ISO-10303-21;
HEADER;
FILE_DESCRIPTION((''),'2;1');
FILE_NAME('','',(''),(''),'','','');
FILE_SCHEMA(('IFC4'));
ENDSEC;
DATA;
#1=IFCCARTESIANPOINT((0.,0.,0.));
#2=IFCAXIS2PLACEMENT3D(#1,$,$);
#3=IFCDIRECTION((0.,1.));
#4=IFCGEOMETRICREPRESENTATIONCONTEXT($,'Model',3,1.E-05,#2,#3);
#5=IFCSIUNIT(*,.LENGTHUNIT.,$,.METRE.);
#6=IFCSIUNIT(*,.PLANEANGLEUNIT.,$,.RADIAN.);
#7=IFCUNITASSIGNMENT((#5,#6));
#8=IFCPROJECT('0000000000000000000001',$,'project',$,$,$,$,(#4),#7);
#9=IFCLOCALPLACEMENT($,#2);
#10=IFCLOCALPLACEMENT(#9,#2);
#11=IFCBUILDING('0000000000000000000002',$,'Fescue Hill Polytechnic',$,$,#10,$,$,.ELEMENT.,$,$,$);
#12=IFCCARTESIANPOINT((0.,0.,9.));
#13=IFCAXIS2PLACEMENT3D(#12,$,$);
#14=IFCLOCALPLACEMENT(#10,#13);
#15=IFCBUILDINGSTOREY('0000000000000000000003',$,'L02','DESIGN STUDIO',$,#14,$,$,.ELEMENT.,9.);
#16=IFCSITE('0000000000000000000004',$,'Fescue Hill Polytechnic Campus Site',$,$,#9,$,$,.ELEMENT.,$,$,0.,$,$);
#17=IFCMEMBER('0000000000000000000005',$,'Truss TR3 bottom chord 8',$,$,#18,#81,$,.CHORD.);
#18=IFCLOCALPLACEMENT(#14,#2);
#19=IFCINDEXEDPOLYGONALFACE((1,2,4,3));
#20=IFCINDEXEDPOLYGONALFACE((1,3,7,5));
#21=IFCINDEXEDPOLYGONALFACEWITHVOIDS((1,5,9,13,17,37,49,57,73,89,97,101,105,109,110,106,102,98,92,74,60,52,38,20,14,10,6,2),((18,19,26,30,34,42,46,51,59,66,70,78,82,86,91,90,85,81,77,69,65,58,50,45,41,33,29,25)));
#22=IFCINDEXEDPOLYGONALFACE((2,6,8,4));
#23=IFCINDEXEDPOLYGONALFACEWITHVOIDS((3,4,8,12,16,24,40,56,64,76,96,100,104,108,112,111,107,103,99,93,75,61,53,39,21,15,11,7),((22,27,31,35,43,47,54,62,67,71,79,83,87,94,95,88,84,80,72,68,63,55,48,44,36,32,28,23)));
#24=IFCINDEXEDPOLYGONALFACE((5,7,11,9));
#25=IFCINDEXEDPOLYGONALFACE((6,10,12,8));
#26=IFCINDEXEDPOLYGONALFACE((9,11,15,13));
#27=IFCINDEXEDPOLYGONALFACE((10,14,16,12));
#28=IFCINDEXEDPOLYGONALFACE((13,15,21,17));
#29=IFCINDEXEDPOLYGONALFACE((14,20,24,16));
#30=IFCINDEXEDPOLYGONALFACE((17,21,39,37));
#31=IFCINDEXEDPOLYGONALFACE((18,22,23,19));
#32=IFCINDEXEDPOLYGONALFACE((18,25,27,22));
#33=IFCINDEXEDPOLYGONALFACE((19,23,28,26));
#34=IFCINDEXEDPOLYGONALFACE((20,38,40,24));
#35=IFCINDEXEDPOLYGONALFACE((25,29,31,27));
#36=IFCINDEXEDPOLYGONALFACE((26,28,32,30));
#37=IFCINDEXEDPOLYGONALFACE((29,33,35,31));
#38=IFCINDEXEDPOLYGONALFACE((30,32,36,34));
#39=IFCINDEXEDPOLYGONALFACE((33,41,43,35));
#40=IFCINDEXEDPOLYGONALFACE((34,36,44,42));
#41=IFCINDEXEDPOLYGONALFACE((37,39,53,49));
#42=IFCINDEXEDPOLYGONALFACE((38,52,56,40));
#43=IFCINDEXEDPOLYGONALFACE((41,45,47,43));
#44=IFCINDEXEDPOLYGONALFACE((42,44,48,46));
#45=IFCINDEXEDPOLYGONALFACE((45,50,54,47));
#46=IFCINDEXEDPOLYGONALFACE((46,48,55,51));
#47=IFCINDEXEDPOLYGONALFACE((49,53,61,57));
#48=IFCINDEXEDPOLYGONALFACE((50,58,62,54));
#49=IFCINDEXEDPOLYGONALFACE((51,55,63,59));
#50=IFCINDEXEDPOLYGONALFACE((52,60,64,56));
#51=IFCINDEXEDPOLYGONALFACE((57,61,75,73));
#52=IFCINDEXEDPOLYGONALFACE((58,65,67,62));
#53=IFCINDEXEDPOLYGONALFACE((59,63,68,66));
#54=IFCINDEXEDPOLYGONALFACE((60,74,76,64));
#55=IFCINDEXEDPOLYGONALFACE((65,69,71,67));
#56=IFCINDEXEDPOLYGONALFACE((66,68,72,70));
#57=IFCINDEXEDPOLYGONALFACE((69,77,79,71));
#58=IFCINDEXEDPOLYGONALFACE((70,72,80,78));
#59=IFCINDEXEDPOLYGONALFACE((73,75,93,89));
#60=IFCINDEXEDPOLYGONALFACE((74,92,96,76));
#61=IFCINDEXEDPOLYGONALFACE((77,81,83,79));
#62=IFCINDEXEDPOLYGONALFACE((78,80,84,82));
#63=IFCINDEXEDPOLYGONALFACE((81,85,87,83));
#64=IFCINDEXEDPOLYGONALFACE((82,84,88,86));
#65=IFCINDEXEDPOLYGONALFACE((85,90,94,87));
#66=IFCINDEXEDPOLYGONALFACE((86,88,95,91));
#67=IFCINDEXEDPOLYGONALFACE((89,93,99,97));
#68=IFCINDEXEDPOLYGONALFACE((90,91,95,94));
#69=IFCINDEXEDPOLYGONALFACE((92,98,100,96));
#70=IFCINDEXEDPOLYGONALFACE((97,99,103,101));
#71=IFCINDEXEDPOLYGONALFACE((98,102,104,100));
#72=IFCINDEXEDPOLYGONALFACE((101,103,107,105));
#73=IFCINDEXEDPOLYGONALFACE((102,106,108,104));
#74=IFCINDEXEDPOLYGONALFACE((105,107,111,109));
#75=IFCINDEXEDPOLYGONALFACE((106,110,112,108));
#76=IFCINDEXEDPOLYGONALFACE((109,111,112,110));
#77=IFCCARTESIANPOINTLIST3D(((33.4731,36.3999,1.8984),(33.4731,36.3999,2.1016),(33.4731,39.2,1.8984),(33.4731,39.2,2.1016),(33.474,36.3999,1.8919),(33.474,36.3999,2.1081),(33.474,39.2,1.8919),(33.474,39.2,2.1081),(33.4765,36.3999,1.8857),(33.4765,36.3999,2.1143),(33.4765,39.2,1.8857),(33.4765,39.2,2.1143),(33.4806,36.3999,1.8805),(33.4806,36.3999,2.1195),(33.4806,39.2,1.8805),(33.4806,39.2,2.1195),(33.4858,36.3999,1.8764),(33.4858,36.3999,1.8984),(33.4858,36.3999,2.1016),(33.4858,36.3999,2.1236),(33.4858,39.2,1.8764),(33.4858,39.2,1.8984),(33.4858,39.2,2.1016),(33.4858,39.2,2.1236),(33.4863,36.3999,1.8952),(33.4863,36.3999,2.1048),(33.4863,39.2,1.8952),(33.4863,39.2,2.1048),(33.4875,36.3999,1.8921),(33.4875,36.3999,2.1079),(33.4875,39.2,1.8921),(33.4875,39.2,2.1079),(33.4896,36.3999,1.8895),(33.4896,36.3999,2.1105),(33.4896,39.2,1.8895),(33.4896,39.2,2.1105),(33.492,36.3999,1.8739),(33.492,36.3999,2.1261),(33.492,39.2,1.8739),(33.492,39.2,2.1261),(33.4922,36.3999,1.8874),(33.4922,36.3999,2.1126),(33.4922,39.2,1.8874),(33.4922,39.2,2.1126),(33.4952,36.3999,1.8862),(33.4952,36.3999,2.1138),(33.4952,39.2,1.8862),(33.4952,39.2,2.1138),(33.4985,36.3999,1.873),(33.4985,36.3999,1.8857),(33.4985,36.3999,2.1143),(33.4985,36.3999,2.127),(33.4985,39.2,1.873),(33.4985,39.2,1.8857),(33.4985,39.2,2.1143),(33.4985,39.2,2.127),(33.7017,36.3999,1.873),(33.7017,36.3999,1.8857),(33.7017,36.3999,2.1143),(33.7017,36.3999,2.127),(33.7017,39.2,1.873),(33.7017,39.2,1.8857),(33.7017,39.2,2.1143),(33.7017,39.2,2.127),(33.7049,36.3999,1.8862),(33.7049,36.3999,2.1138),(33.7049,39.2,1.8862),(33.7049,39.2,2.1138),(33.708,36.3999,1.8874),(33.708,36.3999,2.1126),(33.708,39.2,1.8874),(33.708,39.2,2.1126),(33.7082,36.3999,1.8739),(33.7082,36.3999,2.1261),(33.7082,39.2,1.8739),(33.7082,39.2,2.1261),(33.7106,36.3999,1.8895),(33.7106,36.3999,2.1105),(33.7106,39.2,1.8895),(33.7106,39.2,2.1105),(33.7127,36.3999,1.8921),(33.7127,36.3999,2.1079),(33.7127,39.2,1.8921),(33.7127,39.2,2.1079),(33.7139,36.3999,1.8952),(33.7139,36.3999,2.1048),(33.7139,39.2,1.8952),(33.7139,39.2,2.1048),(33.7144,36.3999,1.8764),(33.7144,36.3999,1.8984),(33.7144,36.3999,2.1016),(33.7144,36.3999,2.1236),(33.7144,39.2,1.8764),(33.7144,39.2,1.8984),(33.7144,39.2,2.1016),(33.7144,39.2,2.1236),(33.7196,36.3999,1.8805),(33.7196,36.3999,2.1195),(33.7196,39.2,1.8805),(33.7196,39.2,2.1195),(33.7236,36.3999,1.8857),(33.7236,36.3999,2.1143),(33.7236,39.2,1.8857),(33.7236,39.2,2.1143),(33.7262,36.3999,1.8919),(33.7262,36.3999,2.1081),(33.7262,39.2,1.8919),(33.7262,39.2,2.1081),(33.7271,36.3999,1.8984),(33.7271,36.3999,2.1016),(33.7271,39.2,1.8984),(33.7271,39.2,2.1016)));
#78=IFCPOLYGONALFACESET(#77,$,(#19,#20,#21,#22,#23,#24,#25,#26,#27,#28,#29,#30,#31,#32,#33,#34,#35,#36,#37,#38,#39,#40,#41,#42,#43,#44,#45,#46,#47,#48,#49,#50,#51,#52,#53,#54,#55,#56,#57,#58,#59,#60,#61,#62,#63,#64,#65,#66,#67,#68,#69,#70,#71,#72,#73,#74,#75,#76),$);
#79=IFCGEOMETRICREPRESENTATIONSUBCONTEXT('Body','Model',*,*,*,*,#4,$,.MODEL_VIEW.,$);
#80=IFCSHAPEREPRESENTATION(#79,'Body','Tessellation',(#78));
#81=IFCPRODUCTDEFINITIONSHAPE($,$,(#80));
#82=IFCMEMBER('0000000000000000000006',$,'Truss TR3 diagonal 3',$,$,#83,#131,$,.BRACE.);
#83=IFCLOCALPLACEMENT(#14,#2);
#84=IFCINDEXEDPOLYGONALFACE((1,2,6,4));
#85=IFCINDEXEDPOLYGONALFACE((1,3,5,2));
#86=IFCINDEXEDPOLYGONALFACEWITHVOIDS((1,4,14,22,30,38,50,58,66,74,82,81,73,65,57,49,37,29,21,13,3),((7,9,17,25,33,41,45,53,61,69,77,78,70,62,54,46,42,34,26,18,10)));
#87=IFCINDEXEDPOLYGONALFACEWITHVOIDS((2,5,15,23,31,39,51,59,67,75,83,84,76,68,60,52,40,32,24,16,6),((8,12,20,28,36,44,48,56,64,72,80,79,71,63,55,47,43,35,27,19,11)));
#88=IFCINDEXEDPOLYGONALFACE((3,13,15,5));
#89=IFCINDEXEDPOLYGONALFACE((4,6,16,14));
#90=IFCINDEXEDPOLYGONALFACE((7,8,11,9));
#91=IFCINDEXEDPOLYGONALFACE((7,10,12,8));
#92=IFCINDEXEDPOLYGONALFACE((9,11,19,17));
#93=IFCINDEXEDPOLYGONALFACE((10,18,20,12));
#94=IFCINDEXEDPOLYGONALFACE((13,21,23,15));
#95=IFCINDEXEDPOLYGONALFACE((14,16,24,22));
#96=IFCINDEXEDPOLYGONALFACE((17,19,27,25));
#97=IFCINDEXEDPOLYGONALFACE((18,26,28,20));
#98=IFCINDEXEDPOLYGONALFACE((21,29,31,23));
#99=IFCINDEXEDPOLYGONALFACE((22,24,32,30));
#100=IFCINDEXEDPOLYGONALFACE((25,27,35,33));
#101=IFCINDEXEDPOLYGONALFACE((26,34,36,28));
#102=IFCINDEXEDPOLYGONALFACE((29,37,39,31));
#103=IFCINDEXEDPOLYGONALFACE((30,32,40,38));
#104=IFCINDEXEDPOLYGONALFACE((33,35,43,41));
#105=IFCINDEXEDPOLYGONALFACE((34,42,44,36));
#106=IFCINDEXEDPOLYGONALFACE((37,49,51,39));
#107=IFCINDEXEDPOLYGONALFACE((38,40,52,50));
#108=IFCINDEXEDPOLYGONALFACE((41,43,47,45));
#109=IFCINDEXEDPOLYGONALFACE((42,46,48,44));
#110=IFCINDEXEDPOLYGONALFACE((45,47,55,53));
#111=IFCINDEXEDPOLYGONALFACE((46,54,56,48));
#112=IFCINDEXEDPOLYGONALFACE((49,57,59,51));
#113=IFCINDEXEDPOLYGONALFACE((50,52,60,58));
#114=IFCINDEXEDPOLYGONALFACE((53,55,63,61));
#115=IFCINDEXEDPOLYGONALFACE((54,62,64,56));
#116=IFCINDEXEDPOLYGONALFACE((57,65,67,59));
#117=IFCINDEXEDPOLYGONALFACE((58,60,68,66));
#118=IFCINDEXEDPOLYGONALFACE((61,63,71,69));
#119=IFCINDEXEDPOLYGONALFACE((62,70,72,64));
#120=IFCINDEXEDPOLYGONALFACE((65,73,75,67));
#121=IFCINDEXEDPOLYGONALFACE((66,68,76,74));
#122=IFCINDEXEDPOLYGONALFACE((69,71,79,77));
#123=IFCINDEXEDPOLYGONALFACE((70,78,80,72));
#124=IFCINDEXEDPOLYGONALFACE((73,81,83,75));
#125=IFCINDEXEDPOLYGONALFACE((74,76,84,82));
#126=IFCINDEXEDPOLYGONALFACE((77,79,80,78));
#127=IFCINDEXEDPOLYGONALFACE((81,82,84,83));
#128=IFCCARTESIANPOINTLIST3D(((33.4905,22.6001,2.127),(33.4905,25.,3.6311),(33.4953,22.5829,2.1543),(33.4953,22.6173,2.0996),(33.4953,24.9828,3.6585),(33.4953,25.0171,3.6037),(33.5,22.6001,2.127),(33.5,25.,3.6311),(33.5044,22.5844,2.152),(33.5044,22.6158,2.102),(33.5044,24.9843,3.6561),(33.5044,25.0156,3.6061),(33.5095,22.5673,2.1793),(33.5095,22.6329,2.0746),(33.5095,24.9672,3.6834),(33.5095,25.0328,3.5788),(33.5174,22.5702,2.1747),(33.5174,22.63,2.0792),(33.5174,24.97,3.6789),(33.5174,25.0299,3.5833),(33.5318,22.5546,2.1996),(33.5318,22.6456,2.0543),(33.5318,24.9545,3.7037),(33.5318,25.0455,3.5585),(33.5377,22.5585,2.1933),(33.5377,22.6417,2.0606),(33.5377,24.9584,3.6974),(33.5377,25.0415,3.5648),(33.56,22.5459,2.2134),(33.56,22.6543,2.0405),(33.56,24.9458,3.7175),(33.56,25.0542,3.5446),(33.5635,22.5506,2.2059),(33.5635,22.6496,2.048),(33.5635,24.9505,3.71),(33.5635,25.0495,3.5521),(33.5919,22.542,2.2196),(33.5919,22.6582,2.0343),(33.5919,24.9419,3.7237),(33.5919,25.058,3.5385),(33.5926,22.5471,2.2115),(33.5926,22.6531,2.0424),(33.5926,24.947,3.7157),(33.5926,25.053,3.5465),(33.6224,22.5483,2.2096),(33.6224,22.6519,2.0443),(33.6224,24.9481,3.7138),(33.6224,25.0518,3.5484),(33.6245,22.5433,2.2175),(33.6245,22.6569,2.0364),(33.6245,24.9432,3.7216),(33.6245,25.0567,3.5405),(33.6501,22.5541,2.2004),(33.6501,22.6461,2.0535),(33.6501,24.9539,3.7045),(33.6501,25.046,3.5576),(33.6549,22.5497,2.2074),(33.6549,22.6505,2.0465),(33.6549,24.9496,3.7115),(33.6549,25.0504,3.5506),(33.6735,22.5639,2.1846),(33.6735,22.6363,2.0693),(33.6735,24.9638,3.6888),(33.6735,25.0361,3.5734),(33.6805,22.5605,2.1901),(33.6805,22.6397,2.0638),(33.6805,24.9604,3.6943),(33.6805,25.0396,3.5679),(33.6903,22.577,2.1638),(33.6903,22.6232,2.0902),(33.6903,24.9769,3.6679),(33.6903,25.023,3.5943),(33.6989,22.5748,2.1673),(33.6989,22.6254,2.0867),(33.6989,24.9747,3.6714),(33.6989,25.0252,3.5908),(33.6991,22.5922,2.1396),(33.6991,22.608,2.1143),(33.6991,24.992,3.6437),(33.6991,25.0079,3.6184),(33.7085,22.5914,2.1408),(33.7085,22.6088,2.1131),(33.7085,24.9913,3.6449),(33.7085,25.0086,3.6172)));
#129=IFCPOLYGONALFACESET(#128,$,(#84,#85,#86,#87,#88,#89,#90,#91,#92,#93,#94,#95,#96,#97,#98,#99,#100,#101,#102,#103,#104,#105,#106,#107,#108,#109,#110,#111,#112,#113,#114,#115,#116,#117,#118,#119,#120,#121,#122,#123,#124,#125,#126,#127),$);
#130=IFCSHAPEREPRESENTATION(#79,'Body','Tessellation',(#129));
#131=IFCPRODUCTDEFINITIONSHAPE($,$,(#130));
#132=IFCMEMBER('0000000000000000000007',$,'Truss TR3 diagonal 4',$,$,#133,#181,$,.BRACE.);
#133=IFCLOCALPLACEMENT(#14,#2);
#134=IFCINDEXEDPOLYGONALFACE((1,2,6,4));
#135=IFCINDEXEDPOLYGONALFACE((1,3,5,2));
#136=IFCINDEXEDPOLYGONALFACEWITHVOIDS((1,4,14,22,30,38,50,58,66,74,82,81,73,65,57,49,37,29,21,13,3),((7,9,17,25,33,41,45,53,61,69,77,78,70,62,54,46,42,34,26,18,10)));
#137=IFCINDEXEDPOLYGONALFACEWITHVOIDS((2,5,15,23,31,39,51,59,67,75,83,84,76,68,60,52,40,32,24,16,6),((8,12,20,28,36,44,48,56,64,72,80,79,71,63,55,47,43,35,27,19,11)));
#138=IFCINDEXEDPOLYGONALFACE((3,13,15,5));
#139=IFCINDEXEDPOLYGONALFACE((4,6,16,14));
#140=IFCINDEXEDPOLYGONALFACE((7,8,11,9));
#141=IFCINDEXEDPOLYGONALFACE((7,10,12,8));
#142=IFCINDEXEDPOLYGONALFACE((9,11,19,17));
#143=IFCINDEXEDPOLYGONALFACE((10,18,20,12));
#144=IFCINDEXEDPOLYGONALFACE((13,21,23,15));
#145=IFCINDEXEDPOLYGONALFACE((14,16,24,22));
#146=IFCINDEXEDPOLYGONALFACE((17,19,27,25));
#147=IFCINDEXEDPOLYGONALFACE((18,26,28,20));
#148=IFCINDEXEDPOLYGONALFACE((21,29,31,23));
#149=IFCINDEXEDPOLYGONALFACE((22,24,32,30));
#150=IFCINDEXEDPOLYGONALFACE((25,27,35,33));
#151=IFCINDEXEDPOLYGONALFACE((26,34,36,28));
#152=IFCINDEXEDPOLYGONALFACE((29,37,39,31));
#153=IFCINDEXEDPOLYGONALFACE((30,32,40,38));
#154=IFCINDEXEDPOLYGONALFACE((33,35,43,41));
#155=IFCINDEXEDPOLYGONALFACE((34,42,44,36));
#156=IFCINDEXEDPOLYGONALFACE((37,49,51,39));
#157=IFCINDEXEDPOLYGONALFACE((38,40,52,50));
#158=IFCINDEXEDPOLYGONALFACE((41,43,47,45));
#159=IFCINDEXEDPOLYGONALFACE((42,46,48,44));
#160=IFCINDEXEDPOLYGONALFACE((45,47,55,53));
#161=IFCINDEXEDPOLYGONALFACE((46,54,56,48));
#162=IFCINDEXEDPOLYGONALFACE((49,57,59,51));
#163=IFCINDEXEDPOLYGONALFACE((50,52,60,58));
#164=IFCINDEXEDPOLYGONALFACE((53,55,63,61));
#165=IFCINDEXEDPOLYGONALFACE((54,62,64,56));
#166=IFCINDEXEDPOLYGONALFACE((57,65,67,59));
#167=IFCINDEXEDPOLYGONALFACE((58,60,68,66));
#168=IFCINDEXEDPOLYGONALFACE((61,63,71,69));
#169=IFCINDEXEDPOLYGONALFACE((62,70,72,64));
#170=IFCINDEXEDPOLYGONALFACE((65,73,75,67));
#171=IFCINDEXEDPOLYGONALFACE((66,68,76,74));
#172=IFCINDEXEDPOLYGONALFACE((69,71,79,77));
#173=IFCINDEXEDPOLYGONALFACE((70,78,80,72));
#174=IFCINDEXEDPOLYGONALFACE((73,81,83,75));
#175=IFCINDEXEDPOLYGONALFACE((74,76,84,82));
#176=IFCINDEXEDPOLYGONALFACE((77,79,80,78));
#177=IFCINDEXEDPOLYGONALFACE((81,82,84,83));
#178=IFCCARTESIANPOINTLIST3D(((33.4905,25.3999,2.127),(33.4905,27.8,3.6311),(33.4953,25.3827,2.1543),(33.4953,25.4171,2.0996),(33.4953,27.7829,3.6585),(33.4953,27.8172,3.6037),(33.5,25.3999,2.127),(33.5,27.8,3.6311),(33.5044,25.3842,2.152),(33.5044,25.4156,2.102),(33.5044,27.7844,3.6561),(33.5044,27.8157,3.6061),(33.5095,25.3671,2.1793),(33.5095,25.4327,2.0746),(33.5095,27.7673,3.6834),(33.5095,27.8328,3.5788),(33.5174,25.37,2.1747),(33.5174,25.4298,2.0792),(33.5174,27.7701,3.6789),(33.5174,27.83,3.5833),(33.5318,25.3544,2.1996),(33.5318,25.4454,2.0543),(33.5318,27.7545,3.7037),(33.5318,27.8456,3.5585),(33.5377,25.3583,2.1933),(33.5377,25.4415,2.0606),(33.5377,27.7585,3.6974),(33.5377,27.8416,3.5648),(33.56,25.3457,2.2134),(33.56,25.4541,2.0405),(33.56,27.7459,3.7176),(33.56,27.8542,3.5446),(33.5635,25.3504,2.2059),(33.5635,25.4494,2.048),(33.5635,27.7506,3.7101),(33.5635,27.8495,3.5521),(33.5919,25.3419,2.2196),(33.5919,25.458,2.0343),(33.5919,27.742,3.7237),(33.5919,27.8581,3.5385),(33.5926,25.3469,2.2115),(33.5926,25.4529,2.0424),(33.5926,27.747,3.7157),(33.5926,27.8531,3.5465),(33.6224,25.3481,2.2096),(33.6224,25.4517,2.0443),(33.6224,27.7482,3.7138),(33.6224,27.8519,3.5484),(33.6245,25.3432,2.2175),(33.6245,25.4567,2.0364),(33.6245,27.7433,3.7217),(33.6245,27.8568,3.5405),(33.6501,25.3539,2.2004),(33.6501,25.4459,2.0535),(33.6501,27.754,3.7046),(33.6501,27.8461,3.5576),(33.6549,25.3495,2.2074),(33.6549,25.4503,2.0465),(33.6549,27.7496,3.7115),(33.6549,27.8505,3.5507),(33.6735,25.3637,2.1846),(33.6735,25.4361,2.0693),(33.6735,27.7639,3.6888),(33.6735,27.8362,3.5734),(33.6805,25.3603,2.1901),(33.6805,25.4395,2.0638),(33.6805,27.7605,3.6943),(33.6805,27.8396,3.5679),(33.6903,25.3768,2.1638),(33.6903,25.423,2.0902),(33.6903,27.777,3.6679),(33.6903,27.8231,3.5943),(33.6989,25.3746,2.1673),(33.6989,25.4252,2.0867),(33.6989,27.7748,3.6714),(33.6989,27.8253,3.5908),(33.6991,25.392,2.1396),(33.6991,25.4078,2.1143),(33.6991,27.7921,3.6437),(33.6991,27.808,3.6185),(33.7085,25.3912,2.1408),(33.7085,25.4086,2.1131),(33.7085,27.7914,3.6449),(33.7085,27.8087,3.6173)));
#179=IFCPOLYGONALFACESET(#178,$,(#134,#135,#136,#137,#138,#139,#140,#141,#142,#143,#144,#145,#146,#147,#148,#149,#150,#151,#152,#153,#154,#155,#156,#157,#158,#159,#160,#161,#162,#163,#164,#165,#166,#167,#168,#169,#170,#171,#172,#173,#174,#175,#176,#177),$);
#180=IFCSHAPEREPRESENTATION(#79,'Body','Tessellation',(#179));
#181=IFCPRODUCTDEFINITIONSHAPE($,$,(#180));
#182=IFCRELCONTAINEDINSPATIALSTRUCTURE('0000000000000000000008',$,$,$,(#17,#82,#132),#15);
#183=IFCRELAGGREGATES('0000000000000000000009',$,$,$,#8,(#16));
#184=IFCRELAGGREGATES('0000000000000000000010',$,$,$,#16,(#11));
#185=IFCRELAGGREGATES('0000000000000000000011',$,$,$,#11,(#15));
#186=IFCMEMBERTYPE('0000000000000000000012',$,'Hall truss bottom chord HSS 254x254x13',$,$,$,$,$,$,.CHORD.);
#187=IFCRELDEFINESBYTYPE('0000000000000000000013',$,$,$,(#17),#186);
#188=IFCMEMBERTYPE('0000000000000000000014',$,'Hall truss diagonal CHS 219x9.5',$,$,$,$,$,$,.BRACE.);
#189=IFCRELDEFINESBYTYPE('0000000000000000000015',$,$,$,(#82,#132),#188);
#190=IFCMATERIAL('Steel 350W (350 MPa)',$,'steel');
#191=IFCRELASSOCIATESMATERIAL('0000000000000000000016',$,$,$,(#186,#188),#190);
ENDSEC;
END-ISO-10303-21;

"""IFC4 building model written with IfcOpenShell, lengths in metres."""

from ifc_helpers import new_model, si_unit, direction, frame, origin, origin_2d, place, context, subcontext, project, spatial, hollow_rectangle, hollow_circle, extrude, material, material_profile, profile_set, type_object, element, save


model = new_model("IFC4")

# Units and contexts
model_context = context("Model", 3, precision=1e-05, world=origin(), true_north=direction((0.0, 1.0)))
body_context = subcontext(model_context, "Body", "Model", "MODEL_VIEW")
ifc_project = project(units=[si_unit("LENGTHUNIT", "METRE"), si_unit("PLANEANGLEUNIT", "RADIAN")], contexts=[model_context])

# Site, building, storey
site_placement = place(None, origin())
site = spatial("IfcSite", under=ifc_project, at=site_placement, Name="Fescue Hill Polytechnic Campus Site", CompositionType="ELEMENT", RefElevation=0.0)
building_placement = place(site_placement, origin())
building = spatial("IfcBuilding", under=site, at=building_placement, Name="Fescue Hill Polytechnic", CompositionType="ELEMENT")
storey_placement = place(building_placement, frame((0.0, 0.0, 9.0)))
storey = spatial("IfcBuildingStorey", under=building, at=storey_placement, Name="L02", Description="DESIGN STUDIO", CompositionType="ELEMENT", Elevation=9.0)

# Members
ifc_material = material(Name="Steel 350W (350 MPa)", Category="steel")
ifc_material_profile_1 = material_profile(ifc_material, hollow_rectangle(XDim=0.2539, YDim=0.2539, WallThickness=0.0127, InnerFilletRadius=0.0127, OuterFilletRadius=0.0254, at=origin_2d()), Name="Hall truss bottom chord HSS 254x254x13")
ifc_profile_set_1 = profile_set([ifc_material_profile_1], Name="Steel 350W (350 MPa)")
member_type_1 = type_object("IfcMemberType", Name="Hall truss bottom chord HSS 254x254x13", PredefinedType="CHORD", material=ifc_profile_set_1)
member_1_placement = place(storey_placement, frame((33.6001, 36.3999, 2.0), z_axis=(0.0, 1.0, 0.0), x_axis=(-1.0, 0.0, 0.0)))
element("IfcMember", 1, at=member_1_placement, inside=storey, type_object=member_type_1, Name="Truss TR3 bottom chord 8", PredefinedType="CHORD", context=body_context, shape_type="SweptSolid", body=[
    extrude(hollow_rectangle(XDim=0.2539, YDim=0.2539, WallThickness=0.0127, InnerFilletRadius=0.0127, OuterFilletRadius=0.0254, at=origin_2d()), origin(), (0.0, 0.0, 1.0), 2.8),
])
ifc_material_profile_2 = material_profile(ifc_material, hollow_circle(Radius=0.1096, WallThickness=0.0095, at=origin_2d()), Name="Hall truss diagonal CHS 219x9.5")
ifc_profile_set_2 = profile_set([ifc_material_profile_2], Name="Steel 350W (350 MPa)")
member_type_2 = type_object("IfcMemberType", Name="Hall truss diagonal CHS 219x9.5", PredefinedType="BRACE", material=ifc_profile_set_2)
member_2_placement = place(storey_placement, frame((33.6001, 22.6001, 2.127), z_axis=(0.0, 0.847329, 0.531068), x_axis=(-1.0, 0.0, 0.0)))
element("IfcMember", 2, at=member_2_placement, inside=storey, type_object=member_type_2, Name="Truss TR3 diagonal 3", PredefinedType="BRACE", context=body_context, shape_type="SweptSolid", body=[
    extrude(hollow_circle(Radius=0.1096, WallThickness=0.0095, at=origin_2d()), origin(), (0.0, 0.0, 1.0), 2.8323),
])
for number, where, z_axis, x_axis, name in (
    (3, (33.6001, 25.3999, 2.127), (0.0, 0.847354, 0.531029), (-1.0, 0.0, 0.0), "Truss TR3 diagonal 4"),
):
    element("IfcMember", number, at=place(storey_placement, frame(where, z_axis=z_axis, x_axis=x_axis)), inside=storey, type_object=member_type_2, Name=name, PredefinedType="BRACE", context=body_context, shape_type="SweptSolid", body=[
        extrude(hollow_circle(Radius=0.1096, WallThickness=0.0095, at=origin_2d()), origin(), (0.0, 0.0, 1.0), 2.8325),
    ])

save(model, "model.ifc")
